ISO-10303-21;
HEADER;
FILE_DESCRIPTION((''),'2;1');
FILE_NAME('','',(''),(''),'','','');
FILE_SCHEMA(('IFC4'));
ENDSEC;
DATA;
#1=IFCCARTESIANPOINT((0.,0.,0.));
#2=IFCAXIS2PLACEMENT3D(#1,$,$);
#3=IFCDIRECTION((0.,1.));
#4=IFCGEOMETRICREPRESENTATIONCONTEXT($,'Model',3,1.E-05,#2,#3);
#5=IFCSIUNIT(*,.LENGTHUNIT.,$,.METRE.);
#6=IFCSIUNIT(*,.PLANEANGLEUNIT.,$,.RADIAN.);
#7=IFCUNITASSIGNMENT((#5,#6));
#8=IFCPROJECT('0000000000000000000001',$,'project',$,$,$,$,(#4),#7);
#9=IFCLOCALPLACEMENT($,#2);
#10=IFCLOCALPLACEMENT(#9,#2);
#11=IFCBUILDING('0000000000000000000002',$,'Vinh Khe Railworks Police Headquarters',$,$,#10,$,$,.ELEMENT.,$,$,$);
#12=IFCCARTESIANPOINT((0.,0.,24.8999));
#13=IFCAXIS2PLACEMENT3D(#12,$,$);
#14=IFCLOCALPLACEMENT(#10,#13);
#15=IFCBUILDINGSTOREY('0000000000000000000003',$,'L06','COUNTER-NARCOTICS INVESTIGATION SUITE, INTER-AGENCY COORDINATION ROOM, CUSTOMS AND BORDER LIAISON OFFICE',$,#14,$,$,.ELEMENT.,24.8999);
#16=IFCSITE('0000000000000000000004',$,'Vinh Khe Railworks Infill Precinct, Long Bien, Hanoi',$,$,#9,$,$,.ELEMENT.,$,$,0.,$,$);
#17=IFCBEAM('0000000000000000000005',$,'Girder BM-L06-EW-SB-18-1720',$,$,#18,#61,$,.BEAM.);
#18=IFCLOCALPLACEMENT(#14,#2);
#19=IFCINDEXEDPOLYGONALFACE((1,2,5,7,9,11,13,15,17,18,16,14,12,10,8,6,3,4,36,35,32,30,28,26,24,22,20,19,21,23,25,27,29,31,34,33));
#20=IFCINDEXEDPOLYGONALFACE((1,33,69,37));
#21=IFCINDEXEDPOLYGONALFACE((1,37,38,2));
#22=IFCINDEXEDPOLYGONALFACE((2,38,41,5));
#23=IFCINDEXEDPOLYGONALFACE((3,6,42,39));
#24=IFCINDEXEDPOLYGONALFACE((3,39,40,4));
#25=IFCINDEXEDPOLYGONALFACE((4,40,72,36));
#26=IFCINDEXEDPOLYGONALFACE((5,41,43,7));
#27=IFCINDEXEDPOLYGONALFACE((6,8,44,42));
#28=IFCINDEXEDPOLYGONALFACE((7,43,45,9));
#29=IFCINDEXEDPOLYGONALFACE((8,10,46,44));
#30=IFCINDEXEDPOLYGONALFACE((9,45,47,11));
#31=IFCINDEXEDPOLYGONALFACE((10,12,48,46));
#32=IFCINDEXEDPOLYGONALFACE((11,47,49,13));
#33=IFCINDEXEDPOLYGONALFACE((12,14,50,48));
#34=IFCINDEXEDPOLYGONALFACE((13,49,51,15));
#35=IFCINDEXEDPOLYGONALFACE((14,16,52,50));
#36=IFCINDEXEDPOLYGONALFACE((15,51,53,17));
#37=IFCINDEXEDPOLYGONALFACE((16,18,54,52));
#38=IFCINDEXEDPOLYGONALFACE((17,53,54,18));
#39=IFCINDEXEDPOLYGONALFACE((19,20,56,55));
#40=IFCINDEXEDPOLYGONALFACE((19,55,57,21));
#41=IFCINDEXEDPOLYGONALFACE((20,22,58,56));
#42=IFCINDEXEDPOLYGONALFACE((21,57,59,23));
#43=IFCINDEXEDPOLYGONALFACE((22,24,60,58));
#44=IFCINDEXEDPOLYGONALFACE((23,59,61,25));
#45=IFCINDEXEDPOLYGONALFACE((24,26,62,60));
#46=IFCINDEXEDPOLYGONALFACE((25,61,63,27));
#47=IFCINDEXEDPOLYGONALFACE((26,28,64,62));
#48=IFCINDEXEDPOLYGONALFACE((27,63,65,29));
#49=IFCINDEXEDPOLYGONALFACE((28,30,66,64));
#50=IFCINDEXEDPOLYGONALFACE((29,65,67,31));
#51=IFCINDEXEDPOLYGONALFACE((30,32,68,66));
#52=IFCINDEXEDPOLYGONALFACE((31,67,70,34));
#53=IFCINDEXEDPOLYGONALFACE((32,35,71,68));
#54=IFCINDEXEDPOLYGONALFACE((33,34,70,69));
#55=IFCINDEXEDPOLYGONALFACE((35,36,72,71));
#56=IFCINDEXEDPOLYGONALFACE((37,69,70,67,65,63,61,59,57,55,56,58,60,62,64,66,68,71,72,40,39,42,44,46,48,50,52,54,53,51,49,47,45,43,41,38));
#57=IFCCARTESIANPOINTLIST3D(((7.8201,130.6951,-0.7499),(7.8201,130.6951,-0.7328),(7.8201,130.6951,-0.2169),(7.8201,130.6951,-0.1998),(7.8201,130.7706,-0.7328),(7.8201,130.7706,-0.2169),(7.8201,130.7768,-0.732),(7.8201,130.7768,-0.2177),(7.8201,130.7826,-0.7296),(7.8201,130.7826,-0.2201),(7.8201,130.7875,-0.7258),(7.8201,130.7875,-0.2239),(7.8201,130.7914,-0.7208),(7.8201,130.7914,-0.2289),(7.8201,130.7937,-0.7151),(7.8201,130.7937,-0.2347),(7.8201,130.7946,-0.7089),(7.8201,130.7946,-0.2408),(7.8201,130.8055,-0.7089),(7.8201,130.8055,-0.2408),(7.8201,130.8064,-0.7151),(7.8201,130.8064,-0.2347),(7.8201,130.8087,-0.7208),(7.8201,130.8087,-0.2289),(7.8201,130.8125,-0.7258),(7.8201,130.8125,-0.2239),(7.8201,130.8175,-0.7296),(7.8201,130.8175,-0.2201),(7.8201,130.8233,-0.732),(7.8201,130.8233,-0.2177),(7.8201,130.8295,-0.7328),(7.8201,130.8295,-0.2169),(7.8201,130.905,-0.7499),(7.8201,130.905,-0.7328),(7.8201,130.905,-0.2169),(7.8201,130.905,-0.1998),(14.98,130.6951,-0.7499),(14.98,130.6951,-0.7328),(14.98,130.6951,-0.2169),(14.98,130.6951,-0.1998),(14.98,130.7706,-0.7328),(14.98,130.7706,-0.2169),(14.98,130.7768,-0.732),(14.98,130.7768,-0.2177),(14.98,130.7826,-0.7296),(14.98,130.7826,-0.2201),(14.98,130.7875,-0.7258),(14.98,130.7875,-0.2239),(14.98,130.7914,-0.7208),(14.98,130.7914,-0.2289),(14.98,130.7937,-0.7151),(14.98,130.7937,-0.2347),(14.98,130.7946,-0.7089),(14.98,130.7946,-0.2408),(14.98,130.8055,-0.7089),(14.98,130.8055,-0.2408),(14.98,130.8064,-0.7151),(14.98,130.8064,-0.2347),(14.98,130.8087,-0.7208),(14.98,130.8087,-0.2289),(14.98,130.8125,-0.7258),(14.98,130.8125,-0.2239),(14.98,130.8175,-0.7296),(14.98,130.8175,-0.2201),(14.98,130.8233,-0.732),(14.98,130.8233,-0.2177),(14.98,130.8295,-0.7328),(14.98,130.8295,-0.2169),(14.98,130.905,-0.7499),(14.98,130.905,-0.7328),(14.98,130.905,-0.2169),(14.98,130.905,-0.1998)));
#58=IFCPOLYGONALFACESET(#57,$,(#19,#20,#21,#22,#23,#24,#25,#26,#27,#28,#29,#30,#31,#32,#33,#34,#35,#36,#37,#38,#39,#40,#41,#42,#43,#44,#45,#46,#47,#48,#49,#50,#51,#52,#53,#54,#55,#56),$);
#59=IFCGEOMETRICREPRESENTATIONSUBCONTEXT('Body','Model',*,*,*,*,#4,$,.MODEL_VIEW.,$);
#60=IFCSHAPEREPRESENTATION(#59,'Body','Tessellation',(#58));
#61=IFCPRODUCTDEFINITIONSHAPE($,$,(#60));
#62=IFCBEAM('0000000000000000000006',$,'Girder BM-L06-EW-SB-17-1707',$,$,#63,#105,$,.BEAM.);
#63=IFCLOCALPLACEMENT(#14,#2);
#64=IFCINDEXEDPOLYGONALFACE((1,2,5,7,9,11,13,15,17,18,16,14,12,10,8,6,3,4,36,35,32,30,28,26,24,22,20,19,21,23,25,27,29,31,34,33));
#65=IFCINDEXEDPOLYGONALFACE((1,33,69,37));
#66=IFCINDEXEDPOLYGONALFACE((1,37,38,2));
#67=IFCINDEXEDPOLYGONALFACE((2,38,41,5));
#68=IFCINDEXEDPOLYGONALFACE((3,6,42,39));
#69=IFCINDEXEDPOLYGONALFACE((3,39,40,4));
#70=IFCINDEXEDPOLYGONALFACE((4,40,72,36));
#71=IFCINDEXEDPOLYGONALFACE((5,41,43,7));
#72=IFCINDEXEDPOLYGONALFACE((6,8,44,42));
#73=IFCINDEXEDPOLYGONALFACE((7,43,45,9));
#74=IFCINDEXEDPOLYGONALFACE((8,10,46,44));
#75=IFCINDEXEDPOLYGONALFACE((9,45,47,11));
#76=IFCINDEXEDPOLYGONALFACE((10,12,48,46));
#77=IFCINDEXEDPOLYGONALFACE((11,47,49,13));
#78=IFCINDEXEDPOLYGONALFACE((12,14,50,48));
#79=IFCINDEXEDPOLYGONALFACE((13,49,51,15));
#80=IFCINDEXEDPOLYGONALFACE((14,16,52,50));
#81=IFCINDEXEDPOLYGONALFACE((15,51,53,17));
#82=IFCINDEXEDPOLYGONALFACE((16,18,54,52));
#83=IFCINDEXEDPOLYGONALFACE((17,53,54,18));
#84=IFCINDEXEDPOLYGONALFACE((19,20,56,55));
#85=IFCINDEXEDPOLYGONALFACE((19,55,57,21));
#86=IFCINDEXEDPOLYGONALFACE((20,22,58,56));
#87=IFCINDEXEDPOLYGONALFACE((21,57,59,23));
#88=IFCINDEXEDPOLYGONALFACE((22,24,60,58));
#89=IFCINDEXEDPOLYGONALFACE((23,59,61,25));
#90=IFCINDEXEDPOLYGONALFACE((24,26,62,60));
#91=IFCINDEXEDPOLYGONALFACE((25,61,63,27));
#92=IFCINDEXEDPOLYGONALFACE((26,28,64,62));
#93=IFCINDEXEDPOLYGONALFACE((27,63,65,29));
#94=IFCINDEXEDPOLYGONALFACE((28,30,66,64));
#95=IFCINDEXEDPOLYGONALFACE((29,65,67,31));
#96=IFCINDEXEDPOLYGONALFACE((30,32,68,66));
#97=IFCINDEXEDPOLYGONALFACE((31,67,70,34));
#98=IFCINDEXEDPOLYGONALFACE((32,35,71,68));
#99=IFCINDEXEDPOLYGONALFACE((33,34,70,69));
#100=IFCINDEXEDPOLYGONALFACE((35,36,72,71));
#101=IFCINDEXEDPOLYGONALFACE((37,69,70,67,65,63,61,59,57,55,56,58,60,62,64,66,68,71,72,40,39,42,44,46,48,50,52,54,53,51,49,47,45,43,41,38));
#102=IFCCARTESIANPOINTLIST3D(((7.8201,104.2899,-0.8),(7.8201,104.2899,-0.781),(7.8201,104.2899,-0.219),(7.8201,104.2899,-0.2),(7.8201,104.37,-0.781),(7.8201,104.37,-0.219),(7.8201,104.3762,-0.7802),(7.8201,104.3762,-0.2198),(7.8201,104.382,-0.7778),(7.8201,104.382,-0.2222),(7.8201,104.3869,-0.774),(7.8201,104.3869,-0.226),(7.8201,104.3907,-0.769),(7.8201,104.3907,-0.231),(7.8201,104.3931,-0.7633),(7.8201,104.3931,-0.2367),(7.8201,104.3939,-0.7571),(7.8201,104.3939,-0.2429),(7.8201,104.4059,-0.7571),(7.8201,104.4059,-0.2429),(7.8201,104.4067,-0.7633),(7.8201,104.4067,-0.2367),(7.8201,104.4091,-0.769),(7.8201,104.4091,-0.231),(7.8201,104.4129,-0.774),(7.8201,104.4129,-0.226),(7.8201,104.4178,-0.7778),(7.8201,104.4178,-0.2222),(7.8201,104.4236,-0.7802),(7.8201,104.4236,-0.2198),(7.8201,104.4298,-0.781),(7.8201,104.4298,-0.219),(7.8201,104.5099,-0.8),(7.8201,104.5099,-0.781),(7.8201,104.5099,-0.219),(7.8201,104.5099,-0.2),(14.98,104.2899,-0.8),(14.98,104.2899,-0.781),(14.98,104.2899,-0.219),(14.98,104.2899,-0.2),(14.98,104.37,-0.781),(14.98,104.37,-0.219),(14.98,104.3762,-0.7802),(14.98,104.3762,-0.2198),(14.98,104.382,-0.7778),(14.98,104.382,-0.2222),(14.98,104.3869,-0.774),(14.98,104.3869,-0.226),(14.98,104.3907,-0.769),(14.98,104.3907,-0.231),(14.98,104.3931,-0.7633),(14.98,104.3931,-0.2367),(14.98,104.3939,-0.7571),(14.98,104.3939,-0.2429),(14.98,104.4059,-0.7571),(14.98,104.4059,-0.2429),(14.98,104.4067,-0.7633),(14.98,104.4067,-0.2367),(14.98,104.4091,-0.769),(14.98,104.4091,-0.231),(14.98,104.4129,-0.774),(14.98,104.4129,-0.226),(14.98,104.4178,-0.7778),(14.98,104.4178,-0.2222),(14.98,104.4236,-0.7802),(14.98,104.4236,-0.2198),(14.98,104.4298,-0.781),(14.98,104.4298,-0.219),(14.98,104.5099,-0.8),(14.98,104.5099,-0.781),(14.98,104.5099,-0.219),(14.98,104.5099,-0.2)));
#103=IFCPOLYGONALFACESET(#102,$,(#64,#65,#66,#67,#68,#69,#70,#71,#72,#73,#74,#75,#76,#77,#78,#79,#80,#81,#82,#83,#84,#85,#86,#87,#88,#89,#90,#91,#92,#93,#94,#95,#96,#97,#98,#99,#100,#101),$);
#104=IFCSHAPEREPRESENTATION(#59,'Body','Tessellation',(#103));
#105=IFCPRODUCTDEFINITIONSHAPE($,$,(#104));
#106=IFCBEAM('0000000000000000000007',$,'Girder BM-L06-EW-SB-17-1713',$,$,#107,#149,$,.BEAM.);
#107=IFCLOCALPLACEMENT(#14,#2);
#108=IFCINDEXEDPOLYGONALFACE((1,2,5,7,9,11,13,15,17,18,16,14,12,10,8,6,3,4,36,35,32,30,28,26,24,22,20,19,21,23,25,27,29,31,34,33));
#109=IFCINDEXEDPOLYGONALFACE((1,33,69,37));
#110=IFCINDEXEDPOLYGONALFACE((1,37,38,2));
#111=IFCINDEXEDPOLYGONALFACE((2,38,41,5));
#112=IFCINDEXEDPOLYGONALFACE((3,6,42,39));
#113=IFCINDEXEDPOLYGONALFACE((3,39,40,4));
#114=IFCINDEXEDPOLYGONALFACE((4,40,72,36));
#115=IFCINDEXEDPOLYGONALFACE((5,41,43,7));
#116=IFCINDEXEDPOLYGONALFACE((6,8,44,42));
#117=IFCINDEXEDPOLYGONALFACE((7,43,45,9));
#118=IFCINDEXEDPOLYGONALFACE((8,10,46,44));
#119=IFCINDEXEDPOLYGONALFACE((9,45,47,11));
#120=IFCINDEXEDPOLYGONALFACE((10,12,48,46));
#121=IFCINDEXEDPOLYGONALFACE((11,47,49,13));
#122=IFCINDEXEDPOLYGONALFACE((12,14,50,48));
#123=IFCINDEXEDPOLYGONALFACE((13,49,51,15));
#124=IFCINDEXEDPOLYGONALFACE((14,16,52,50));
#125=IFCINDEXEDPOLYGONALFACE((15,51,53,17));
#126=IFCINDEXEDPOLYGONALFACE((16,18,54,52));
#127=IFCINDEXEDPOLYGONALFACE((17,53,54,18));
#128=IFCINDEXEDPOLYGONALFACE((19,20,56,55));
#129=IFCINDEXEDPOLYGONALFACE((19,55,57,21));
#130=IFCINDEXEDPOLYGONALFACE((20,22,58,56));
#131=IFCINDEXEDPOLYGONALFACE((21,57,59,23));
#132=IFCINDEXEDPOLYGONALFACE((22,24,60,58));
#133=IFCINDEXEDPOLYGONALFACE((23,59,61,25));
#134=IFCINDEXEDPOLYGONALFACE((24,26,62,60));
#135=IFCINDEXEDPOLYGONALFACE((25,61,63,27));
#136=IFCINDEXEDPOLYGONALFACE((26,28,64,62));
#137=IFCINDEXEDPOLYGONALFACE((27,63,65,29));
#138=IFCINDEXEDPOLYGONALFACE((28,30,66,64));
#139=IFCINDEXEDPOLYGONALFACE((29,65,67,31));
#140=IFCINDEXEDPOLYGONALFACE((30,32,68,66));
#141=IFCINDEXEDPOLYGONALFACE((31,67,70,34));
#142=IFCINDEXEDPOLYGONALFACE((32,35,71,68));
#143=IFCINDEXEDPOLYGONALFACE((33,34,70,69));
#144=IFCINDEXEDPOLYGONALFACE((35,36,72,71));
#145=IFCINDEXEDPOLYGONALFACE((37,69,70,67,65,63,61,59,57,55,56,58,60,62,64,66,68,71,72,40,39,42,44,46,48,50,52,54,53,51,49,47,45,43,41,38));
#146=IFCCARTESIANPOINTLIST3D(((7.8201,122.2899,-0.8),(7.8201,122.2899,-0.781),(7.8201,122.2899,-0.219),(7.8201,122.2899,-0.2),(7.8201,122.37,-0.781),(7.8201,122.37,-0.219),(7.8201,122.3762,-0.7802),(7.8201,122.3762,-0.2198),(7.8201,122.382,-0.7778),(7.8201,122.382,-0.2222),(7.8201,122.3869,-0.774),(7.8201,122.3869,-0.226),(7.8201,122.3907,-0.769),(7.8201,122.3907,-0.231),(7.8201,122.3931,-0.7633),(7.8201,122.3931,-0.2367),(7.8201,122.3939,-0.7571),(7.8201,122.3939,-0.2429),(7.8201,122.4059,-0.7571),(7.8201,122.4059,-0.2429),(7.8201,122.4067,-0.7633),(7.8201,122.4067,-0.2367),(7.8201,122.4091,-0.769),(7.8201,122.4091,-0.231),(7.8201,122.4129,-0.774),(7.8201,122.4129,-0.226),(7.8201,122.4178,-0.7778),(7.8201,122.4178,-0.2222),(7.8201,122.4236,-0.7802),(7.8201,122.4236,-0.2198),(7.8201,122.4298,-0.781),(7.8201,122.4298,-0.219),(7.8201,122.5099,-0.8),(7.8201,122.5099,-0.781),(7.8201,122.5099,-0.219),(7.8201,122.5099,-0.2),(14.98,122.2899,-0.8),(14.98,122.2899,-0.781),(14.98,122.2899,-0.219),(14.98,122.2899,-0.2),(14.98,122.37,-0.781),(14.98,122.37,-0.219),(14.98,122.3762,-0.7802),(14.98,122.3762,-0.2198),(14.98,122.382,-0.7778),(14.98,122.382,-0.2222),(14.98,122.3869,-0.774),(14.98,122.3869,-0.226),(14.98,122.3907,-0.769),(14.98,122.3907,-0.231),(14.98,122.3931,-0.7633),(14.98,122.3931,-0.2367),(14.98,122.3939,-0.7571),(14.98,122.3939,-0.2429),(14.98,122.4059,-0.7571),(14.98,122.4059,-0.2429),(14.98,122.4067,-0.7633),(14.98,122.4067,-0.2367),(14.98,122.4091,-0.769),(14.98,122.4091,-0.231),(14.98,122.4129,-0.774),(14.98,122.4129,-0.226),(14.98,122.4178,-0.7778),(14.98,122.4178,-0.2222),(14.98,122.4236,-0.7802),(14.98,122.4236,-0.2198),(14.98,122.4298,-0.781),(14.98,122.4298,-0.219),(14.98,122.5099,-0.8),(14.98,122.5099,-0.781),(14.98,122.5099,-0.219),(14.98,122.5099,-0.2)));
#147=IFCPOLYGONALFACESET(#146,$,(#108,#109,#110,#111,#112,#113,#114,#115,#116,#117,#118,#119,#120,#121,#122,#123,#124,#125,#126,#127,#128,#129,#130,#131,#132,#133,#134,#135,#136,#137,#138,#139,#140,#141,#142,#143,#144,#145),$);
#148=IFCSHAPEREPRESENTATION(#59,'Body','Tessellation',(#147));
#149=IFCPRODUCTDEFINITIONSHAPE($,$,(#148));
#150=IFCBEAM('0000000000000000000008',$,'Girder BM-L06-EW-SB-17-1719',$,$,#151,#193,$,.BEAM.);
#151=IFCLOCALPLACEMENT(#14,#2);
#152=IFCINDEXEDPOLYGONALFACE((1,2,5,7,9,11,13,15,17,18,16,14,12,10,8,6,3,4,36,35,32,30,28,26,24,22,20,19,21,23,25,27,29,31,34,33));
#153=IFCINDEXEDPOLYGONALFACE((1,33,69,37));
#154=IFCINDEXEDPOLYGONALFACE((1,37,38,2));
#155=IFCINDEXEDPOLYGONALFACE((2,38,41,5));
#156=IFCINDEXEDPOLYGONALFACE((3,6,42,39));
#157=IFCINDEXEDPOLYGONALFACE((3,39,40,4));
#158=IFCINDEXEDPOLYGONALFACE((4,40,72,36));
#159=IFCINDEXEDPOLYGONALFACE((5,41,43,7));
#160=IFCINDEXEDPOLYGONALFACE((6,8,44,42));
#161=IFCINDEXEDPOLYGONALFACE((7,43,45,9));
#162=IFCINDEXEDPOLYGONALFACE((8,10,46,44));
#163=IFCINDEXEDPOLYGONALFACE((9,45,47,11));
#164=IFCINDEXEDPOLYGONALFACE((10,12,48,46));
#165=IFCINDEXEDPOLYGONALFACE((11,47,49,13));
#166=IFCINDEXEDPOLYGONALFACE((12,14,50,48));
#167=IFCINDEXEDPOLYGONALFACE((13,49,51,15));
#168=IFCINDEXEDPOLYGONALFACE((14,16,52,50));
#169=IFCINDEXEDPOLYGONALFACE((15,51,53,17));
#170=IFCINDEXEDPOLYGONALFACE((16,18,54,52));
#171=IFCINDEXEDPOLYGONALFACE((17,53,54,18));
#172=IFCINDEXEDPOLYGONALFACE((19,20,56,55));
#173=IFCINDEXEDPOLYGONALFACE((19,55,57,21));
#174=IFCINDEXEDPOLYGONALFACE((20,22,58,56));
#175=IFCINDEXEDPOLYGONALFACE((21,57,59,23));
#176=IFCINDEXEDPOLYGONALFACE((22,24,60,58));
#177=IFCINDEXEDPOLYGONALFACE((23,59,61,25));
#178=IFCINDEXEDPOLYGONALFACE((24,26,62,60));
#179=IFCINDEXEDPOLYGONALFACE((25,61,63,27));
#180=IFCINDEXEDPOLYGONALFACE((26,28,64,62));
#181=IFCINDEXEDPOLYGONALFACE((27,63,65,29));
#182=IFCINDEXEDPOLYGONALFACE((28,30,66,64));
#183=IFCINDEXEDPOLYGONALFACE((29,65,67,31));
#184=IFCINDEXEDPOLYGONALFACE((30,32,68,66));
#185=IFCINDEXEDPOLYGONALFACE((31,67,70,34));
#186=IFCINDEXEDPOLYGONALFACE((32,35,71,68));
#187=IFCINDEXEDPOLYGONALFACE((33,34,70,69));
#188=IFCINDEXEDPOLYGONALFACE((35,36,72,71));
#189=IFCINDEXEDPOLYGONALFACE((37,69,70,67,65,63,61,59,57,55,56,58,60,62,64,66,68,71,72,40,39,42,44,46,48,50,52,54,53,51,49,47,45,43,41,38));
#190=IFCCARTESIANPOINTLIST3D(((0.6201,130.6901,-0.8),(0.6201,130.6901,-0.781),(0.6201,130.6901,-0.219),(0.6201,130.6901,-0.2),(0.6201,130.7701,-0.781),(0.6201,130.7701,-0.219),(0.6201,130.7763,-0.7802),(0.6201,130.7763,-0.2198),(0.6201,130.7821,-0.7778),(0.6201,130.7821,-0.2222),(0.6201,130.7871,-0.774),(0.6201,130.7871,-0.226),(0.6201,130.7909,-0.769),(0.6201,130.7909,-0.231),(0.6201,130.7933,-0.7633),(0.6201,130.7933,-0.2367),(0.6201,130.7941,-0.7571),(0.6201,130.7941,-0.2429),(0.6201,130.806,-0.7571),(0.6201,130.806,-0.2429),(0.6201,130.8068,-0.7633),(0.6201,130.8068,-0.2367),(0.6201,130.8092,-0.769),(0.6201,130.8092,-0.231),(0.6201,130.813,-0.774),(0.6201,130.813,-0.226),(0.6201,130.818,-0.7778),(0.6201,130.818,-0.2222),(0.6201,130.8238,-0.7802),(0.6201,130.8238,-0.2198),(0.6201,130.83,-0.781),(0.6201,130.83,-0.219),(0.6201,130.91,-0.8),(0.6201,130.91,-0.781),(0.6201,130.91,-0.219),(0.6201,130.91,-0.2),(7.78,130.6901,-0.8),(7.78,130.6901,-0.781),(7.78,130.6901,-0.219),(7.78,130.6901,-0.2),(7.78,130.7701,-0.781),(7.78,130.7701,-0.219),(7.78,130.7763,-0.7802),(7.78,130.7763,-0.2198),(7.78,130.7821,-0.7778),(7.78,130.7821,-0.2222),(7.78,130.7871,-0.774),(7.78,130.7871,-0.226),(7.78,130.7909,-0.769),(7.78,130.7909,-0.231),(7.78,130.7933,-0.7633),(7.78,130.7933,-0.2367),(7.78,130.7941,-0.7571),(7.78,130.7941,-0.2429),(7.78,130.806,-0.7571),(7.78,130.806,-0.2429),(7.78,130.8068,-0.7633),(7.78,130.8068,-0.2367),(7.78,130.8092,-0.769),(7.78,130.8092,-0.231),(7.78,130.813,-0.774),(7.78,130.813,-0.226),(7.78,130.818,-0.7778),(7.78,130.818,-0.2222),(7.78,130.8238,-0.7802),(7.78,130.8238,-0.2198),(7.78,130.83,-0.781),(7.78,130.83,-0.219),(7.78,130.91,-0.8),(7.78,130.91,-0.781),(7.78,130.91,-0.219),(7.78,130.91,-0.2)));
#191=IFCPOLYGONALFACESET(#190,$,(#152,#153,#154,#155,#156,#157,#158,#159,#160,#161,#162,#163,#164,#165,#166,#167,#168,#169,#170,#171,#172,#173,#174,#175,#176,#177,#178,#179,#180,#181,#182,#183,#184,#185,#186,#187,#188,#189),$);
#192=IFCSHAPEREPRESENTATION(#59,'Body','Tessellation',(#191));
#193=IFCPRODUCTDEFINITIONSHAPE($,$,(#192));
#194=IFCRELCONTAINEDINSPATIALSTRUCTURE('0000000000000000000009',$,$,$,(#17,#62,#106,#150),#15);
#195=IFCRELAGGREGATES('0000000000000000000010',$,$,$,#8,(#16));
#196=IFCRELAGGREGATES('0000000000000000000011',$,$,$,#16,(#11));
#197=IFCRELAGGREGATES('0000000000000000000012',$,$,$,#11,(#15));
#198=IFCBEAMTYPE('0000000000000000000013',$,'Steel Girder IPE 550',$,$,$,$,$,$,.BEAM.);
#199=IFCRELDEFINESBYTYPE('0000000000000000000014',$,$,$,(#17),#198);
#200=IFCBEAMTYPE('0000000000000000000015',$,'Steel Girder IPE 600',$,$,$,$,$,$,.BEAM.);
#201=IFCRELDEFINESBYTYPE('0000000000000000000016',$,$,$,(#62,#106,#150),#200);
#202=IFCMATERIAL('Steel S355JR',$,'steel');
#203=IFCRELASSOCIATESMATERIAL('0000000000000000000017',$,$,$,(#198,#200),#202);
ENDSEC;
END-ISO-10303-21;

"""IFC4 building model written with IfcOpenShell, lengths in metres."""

from ifc_helpers import new_model, si_unit, direction, frame, origin, origin_2d, place, context, subcontext, project, spatial, i_section, extrude, material, material_profile, profile_set, type_object, element, save


model = new_model("IFC4")

# Units and contexts
model_context = context("Model", 3, precision=1e-05, world=origin(), true_north=direction((0.0, 1.0)))
body_context = subcontext(model_context, "Body", "Model", "MODEL_VIEW")
ifc_project = project(units=[si_unit("LENGTHUNIT", "METRE"), si_unit("PLANEANGLEUNIT", "RADIAN")], contexts=[model_context])

# Site, building, storey
site_placement = place(None, origin())
site = spatial("IfcSite", under=ifc_project, at=site_placement, Name="Vinh Khe Railworks Infill Precinct, Long Bien, Hanoi", CompositionType="ELEMENT", RefElevation=0.0)
building_placement = place(site_placement, origin())
building = spatial("IfcBuilding", under=site, at=building_placement, Name="Vinh Khe Railworks Police Headquarters", CompositionType="ELEMENT")
storey_placement = place(building_placement, frame((0.0, 0.0, 24.8999)))
storey = spatial("IfcBuildingStorey", under=building, at=storey_placement, Name="L06", Description="COUNTER-NARCOTICS INVESTIGATION SUITE, INTER-AGENCY COORDINATION ROOM, CUSTOMS AND BORDER LIAISON OFFICE", CompositionType="ELEMENT", Elevation=24.8999)

# Shared definitions
ifc_material_1 = material(Name="Steel S355JR", Category="steel")

# Beams
ifc_material_profile_1 = material_profile(ifc_material_1, i_section(OverallWidth=0.21, OverallDepth=0.55, WebThickness=0.011, FlangeThickness=0.0171, FilletRadius=0.0239, at=origin_2d()), Name="IPE 550")
ifc_profile_set_1 = profile_set([ifc_material_profile_1], Name="Steel S355JR")
beam_type_1 = type_object("IfcBeamType", Name="Steel Girder IPE 550", PredefinedType="BEAM", material=ifc_profile_set_1)
beam_1_placement = place(storey_placement, frame((7.8201, 130.8, -0.4749), z_axis=(1.0, 0.0, 0.0), x_axis=(0.0, 1.0, 0.0)))
element("IfcBeam", 1, at=beam_1_placement, inside=storey, type_object=beam_type_1, Name="Girder BM-L06-EW-SB-18-1720", PredefinedType="BEAM", context=body_context, shape_type="SweptSolid", body=[
    extrude(i_section(OverallWidth=0.21, OverallDepth=0.55, WebThickness=0.011, FlangeThickness=0.0171, FilletRadius=0.0239, at=origin_2d()), origin(), (0.0, 0.0, 1.0), 7.1599),
])
ifc_material_profile_2 = material_profile(ifc_material_1, i_section(OverallWidth=0.22, OverallDepth=0.6001, WebThickness=0.012, FlangeThickness=0.019, FilletRadius=0.0239, at=origin_2d()), Name="IPE 600")
ifc_profile_set_2 = profile_set([ifc_material_profile_2], Name="Steel S355JR")
beam_type_2 = type_object("IfcBeamType", Name="Steel Girder IPE 600", PredefinedType="BEAM", material=ifc_profile_set_2)
for number, where, z_axis, x_axis, name in (
    (2, (7.8201, 104.3999, -0.5), (1.0, 0.0, 0.0), (0.0, 1.0, 0.0), "Girder BM-L06-EW-SB-17-1707"),
    (3, (7.8201, 122.3999, -0.5), (1.0, 0.0, 0.0), (0.0, 1.0, 0.0), "Girder BM-L06-EW-SB-17-1713"),
    (4, (0.6201, 130.8, -0.5), (1.0, 0.0, 0.0), (0.0, 1.0, 0.0), "Girder BM-L06-EW-SB-17-1719"),
):
    element("IfcBeam", number, at=place(storey_placement, frame(where, z_axis=z_axis, x_axis=x_axis)), inside=storey, type_object=beam_type_2, Name=name, PredefinedType="BEAM", context=body_context, shape_type="SweptSolid", body=[
        extrude(i_section(OverallWidth=0.22, OverallDepth=0.6001, WebThickness=0.012, FlangeThickness=0.019, FilletRadius=0.0239, at=origin_2d()), origin(), (0.0, 0.0, 1.0), 7.1599),
    ])

save(model, "model.ifc")
